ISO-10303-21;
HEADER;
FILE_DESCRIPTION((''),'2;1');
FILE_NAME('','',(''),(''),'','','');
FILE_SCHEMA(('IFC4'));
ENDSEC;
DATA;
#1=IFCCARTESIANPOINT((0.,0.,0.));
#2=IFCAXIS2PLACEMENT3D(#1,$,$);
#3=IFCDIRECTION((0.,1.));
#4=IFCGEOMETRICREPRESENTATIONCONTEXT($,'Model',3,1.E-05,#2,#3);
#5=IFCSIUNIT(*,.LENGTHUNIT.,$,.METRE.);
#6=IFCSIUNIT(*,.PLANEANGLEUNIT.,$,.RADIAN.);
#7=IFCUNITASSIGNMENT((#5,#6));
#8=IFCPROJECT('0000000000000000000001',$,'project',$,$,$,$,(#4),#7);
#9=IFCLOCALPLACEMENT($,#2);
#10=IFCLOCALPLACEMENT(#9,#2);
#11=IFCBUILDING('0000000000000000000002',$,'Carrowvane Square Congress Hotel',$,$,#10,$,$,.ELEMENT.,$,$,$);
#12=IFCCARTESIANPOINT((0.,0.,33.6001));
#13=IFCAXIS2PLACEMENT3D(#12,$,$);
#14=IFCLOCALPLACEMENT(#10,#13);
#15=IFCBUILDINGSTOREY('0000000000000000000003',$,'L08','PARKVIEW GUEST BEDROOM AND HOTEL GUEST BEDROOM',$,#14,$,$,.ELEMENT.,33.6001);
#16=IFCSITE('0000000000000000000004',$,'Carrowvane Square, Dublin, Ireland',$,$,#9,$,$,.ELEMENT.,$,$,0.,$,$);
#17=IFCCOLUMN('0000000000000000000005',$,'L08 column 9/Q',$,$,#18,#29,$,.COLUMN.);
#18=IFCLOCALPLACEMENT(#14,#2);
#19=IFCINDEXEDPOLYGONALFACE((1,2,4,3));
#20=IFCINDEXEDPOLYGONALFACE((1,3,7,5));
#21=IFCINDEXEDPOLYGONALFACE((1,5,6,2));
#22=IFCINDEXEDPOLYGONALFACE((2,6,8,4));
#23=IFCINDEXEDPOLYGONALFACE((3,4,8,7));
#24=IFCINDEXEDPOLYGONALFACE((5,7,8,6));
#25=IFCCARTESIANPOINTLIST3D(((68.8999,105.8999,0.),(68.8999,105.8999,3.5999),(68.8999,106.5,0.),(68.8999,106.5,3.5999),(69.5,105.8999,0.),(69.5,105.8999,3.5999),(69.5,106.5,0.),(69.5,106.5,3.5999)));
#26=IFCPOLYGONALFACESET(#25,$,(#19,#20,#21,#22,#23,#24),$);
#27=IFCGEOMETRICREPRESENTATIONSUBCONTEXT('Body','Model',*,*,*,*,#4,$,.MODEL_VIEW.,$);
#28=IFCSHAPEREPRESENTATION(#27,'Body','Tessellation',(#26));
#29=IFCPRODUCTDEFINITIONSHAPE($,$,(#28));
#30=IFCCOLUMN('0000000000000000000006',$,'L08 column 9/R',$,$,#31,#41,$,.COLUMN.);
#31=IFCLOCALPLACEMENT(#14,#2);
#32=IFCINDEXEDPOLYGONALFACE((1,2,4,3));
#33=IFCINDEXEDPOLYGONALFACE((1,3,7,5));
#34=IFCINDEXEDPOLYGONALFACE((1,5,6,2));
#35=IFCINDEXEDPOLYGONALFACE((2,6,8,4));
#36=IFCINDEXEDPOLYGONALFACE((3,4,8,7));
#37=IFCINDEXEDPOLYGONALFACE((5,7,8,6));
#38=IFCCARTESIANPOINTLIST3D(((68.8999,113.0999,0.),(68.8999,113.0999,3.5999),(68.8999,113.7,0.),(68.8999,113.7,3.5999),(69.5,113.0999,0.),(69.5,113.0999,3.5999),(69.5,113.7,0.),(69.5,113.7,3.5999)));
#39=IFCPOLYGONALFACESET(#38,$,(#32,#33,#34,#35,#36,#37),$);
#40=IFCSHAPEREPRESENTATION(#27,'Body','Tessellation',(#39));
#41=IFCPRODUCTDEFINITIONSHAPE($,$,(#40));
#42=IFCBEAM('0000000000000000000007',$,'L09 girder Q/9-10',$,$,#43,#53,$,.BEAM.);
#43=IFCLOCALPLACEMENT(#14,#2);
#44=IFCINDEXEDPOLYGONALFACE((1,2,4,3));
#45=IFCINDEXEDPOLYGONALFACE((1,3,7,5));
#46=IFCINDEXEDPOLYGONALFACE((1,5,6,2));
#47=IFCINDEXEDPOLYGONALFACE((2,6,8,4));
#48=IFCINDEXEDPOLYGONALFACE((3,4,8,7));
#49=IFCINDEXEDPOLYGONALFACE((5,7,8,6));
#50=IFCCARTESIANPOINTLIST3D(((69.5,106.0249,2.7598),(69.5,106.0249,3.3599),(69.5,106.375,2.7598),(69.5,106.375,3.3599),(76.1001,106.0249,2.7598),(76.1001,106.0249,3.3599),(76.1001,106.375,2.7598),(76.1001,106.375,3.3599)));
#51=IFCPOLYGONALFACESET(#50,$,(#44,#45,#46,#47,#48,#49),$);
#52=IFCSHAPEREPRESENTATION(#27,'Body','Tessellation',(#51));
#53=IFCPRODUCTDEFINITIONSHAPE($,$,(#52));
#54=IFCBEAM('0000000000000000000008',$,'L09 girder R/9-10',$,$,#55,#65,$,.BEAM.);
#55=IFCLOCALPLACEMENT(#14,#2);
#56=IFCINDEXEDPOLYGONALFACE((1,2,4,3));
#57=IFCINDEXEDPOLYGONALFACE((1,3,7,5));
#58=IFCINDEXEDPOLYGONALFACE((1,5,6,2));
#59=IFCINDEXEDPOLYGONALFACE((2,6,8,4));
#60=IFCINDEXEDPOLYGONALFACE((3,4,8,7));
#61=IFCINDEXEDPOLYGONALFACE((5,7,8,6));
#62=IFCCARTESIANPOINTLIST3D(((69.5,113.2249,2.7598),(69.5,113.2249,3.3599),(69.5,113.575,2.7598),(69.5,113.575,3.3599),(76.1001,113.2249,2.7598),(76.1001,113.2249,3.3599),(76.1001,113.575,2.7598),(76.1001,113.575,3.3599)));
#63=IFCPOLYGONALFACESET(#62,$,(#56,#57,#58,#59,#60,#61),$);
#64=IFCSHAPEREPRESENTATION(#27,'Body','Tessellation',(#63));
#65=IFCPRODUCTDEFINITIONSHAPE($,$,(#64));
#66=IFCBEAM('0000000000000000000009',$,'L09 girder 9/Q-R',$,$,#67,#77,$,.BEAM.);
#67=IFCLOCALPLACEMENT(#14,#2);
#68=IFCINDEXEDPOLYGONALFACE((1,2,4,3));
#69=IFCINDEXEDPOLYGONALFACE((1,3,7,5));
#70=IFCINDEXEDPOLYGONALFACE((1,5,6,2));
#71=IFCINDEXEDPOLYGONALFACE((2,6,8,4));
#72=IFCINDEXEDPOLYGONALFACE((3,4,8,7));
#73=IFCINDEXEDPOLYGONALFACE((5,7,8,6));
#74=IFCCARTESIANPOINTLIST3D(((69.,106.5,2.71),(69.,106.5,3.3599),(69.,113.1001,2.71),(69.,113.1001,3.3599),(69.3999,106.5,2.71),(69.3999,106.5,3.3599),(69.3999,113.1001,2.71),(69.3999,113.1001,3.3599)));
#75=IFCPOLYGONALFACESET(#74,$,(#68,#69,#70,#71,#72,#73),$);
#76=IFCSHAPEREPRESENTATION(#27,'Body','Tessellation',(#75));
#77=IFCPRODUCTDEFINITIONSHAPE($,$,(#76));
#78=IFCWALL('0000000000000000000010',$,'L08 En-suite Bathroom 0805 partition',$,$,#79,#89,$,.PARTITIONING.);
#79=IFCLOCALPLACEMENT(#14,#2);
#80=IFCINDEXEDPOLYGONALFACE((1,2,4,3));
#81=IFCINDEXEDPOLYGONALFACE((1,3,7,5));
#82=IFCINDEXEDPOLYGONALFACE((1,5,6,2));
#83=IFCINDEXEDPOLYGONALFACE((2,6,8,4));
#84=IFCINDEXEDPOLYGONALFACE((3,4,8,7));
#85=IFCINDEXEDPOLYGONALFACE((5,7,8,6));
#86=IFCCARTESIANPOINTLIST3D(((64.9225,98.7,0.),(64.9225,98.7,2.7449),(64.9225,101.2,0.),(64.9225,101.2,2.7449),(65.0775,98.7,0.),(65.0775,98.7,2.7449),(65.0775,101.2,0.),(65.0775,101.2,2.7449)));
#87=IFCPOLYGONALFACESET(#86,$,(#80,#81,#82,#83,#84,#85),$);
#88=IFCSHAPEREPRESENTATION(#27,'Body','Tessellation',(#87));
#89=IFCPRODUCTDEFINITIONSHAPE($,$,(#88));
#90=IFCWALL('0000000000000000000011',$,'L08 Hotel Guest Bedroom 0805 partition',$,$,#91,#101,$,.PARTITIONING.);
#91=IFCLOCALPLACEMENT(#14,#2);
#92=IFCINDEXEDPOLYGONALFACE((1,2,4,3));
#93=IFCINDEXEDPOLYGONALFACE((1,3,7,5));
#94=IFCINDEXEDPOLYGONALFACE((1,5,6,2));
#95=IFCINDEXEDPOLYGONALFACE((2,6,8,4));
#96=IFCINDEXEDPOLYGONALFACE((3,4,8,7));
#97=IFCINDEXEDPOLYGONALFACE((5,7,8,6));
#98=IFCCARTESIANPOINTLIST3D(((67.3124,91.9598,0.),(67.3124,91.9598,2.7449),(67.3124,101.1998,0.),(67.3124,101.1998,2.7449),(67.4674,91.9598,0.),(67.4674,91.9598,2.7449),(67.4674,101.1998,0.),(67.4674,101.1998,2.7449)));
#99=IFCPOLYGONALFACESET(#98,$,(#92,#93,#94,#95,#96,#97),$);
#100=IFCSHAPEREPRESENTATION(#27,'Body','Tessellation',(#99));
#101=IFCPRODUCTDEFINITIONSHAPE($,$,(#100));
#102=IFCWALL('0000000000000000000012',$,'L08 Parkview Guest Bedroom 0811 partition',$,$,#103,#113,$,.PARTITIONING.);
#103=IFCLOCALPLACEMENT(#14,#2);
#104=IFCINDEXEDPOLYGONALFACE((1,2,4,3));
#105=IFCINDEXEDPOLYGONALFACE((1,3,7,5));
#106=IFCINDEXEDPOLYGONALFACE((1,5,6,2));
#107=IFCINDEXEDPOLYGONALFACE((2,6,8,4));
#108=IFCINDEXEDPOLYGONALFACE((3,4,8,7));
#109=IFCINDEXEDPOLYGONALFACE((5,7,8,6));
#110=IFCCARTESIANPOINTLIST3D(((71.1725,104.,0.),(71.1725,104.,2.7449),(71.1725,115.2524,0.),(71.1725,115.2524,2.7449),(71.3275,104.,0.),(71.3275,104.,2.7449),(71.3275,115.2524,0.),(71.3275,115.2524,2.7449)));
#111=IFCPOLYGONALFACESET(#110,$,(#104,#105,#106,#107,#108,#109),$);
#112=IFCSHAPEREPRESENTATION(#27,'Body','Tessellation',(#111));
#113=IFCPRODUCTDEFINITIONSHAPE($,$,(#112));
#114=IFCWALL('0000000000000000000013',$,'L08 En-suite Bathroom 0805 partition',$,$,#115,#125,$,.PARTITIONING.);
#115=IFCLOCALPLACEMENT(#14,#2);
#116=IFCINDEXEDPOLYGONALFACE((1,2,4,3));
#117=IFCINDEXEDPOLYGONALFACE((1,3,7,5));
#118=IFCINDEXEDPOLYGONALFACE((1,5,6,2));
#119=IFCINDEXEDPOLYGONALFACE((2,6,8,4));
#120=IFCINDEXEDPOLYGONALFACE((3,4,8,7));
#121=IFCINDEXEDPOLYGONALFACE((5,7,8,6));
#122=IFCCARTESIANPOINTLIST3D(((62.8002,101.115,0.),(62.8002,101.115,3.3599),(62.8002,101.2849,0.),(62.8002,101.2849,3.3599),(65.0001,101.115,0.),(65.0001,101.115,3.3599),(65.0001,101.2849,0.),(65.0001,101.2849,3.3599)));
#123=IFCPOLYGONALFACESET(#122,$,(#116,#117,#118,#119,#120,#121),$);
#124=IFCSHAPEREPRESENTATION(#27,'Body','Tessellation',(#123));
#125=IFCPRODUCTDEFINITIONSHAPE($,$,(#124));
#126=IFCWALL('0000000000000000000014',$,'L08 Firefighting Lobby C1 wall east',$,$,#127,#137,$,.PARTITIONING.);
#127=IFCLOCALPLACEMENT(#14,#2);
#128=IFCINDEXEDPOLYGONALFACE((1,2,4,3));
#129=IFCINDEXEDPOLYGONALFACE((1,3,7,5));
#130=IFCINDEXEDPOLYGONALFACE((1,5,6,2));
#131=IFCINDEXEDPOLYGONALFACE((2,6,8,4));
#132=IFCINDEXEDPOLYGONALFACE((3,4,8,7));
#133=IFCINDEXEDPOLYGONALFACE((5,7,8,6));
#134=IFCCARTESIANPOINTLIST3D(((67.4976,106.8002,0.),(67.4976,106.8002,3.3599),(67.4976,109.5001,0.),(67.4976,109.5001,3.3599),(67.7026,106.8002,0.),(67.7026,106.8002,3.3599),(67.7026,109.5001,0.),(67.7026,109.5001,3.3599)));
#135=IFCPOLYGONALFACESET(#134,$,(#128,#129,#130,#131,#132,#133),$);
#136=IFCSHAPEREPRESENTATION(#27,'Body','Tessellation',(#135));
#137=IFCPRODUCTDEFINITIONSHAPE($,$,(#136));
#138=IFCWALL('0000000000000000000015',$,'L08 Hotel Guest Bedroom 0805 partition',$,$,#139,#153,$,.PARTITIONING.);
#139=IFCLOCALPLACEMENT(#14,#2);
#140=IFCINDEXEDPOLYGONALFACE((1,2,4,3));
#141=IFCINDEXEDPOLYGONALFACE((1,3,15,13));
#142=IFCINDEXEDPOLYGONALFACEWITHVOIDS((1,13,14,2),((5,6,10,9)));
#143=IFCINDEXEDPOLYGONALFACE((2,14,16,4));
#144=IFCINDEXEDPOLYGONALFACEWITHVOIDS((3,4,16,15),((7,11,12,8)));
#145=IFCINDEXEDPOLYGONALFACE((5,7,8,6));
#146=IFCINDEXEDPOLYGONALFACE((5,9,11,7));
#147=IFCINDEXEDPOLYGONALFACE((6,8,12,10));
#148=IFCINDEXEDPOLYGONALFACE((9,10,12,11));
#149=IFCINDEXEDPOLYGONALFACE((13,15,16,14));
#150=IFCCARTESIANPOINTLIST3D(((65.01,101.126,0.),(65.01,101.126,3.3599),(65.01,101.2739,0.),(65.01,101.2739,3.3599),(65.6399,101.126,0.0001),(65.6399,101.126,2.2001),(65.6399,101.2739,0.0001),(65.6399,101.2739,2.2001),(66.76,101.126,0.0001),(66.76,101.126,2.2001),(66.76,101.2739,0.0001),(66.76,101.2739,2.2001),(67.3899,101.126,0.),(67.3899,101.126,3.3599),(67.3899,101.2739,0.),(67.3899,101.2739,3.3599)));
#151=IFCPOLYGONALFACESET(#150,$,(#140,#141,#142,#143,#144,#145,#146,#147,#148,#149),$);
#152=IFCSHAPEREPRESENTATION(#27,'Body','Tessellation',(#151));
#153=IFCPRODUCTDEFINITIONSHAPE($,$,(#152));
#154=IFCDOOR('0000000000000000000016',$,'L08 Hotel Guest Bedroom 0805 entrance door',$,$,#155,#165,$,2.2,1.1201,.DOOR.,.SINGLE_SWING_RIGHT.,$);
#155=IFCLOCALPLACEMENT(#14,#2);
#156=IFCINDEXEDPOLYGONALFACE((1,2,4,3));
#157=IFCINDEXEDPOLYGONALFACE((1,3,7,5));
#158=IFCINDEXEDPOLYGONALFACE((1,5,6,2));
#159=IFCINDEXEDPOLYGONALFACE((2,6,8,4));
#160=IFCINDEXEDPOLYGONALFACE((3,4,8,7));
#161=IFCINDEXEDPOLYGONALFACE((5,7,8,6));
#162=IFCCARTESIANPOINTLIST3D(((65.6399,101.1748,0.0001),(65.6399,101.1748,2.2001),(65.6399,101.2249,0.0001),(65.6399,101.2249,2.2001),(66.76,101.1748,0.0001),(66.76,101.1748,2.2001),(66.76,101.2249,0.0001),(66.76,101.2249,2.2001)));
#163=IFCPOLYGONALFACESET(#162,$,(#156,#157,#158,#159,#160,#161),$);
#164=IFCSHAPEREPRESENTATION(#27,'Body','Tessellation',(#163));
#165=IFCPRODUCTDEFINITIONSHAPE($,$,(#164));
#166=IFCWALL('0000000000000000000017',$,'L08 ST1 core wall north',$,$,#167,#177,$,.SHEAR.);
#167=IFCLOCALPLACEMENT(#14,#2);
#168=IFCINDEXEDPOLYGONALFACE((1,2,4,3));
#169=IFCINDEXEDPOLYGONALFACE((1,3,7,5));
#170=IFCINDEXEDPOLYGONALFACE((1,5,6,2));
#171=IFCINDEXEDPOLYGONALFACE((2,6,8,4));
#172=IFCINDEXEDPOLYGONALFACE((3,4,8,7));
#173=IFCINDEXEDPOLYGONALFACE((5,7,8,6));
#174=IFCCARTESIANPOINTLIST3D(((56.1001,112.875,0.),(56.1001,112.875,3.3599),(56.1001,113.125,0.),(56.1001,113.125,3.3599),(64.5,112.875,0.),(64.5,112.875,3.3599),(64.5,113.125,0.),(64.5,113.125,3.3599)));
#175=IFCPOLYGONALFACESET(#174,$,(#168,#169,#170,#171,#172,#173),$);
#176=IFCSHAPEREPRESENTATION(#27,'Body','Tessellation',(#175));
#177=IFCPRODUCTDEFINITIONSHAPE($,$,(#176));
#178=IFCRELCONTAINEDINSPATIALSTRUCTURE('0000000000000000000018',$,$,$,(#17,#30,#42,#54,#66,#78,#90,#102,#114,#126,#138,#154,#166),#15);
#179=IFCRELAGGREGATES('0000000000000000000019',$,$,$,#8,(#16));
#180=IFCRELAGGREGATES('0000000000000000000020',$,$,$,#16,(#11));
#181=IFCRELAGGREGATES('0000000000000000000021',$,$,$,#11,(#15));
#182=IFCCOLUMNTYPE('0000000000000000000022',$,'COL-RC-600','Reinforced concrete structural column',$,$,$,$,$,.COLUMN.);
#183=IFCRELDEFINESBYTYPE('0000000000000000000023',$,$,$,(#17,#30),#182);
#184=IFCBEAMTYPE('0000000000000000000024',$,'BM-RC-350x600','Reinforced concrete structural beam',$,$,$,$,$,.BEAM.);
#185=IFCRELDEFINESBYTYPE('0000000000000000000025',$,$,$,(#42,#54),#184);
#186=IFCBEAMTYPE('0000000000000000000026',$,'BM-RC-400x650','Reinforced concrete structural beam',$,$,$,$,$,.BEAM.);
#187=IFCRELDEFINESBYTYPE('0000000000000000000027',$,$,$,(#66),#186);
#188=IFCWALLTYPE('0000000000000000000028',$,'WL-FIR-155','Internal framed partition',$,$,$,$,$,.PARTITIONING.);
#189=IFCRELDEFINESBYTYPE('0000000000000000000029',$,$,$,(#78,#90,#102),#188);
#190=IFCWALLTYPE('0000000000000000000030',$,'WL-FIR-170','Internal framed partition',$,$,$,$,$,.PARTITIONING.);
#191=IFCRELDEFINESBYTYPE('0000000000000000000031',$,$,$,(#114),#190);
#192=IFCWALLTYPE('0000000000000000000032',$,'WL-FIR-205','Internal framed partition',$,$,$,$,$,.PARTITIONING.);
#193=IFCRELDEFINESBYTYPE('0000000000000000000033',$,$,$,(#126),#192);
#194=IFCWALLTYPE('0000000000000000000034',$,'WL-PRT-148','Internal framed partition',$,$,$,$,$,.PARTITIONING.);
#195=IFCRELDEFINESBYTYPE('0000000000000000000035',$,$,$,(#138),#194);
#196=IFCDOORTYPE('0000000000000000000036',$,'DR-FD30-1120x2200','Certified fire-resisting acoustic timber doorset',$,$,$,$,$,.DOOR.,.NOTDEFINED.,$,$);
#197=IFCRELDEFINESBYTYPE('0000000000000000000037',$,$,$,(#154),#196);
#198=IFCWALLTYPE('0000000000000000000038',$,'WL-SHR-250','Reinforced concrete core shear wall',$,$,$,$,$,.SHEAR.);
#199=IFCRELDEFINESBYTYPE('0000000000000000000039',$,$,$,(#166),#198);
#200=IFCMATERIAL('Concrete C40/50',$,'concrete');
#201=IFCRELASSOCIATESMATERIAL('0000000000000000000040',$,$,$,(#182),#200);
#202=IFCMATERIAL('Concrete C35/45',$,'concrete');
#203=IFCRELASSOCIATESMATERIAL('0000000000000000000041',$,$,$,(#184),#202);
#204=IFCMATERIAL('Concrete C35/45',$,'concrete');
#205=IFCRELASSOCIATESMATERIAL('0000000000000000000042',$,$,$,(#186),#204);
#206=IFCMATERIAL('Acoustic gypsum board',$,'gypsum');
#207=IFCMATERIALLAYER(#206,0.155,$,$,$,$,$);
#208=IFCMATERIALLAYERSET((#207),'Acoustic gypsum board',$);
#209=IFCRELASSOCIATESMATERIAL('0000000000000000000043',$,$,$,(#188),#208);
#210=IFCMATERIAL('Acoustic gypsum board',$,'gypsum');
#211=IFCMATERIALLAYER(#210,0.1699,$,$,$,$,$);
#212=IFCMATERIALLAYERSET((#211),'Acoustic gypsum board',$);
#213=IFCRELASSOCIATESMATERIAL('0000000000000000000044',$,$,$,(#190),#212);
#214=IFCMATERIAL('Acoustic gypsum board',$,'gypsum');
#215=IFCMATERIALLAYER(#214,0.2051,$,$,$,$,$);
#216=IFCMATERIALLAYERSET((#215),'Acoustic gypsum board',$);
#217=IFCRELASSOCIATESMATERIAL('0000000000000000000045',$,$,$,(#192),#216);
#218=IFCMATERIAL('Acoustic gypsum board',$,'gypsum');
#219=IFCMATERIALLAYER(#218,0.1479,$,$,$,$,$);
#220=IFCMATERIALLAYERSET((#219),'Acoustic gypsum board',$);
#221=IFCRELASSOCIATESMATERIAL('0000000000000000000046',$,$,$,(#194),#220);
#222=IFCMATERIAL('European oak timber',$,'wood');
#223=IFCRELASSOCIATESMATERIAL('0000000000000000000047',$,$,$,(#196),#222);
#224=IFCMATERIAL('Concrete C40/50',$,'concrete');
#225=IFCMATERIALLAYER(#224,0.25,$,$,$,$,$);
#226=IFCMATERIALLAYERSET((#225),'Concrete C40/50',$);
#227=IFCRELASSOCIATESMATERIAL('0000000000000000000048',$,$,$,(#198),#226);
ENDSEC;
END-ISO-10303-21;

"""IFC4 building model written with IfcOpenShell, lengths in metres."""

from ifc_helpers import new_model, si_unit, direction, frame, frame_2d, origin, origin_2d, place, context, subcontext, project, spatial, rectangle, extrude, material, layer, layer_set, material_profile, profile_set, type_object, element, fill, save


model = new_model("IFC4")

# Units and contexts
model_context = context("Model", 3, precision=1e-05, world=origin(), true_north=direction((0.0, 1.0)))
body_context = subcontext(model_context, "Body", "Model", "MODEL_VIEW")
ifc_project = project(units=[si_unit("LENGTHUNIT", "METRE"), si_unit("PLANEANGLEUNIT", "RADIAN")], contexts=[model_context])

# Site, building, storey
site_placement = place(None, origin())
site = spatial("IfcSite", under=ifc_project, at=site_placement, Name="Carrowvane Square, Dublin, Ireland", CompositionType="ELEMENT", RefElevation=0.0)
building_placement = place(site_placement, origin())
building = spatial("IfcBuilding", under=site, at=building_placement, Name="Carrowvane Square Congress Hotel", CompositionType="ELEMENT")
storey_placement = place(building_placement, frame((0.0, 0.0, 33.6001)))
storey = spatial("IfcBuildingStorey", under=building, at=storey_placement, Name="L08", Description="PARKVIEW GUEST BEDROOM AND HOTEL GUEST BEDROOM", CompositionType="ELEMENT", Elevation=33.6001)

# Columns
ifc_material_1 = material(Name="Concrete C40/50", Category="concrete")
ifc_material_profile_1 = material_profile(ifc_material_1, rectangle(XDim=0.6001, YDim=0.6001, at=origin_2d()), Name="RC 600x600")
ifc_profile_set_1 = profile_set([ifc_material_profile_1], Name="Concrete C40/50")
column_type = type_object("IfcColumnType", Name="COL-RC-600", Description="Reinforced concrete structural column", PredefinedType="COLUMN", material=ifc_profile_set_1)
for number, where, z_axis, x_axis, name in (
    (1, (69.2, 106.2, 0.0), (0.0, 0.0, 1.0), (1.0, 0.0, 0.0), "L08 column 9/Q"),
    (2, (69.2, 113.3999, 0.0), (0.0, 0.0, 1.0), (1.0, 0.0, 0.0), "L08 column 9/R"),
):
    element("IfcColumn", number, at=place(storey_placement, frame(where, z_axis=z_axis, x_axis=x_axis)), inside=storey, type_object=column_type, Name=name, PredefinedType="COLUMN", context=body_context, shape_type="SweptSolid", body=[
        extrude(rectangle(XDim=0.6001, YDim=0.6001, at=origin_2d()), origin(), (0.0, 0.0, 1.0), 3.5999),
    ])

# Beams
ifc_material_2 = material(Name="Concrete C35/45", Category="concrete")
ifc_material_profile_2 = material_profile(ifc_material_2, rectangle(XDim=0.3501, YDim=0.6001, at=origin_2d()), Name="RC 350x600")
ifc_profile_set_2 = profile_set([ifc_material_profile_2], Name="Concrete C35/45")
beam_type_1 = type_object("IfcBeamType", Name="BM-RC-350x600", Description="Reinforced concrete structural beam", PredefinedType="BEAM", material=ifc_profile_set_2)
for number, where, z_axis, x_axis, name in (
    (3, (69.5, 106.2, 3.0598), (1.0, 0.0, 0.0), (0.0, 1.0, 0.0), "L09 girder Q/9-10"),
    (4, (69.5, 113.3999, 3.0598), (1.0, 0.0, 0.0), (0.0, 1.0, 0.0), "L09 girder R/9-10"),
):
    element("IfcBeam", number, at=place(storey_placement, frame(where, z_axis=z_axis, x_axis=x_axis)), inside=storey, type_object=beam_type_1, Name=name, PredefinedType="BEAM", context=body_context, shape_type="SweptSolid", body=[
        extrude(rectangle(XDim=0.3501, YDim=0.6001, at=origin_2d()), origin(), (0.0, 0.0, 1.0), 6.6001),
    ])
ifc_material_3 = material(Name="Concrete C35/45", Category="concrete")
ifc_material_profile_3 = material_profile(ifc_material_3, rectangle(XDim=0.3999, YDim=0.6499, at=origin_2d()), Name="RC 400x650")
ifc_profile_set_3 = profile_set([ifc_material_profile_3], Name="Concrete C35/45")
beam_type_2 = type_object("IfcBeamType", Name="BM-RC-400x650", Description="Reinforced concrete structural beam", PredefinedType="BEAM", material=ifc_profile_set_3)
beam_placement = place(storey_placement, frame((69.2, 106.5, 3.0349), z_axis=(0.0, 1.0, 0.0), x_axis=(-1.0, 0.0, 0.0)))
element("IfcBeam", 5, at=beam_placement, inside=storey, type_object=beam_type_2, Name="L09 girder 9/Q-R", PredefinedType="BEAM", context=body_context, shape_type="SweptSolid", body=[
    extrude(rectangle(XDim=0.3999, YDim=0.6499, at=origin_2d()), origin(), (0.0, 0.0, 1.0), 6.6001),
])

# Walls
ifc_material_4 = material(Name="Acoustic gypsum board", Category="gypsum")
ifc_layer_1 = layer(ifc_material_4, 0.155)
ifc_layer_set_1 = layer_set([ifc_layer_1], Name="Acoustic gypsum board")
wall_type_1 = type_object("IfcWallType", Name="WL-FIR-155", Description="Internal framed partition", PredefinedType="PARTITIONING", material=ifc_layer_set_1)
wall_1_placement = place(storey_placement, frame((65.0, 101.2, 0.0), z_axis=(0.0, 0.0, 1.0), x_axis=(0.0, -1.0, 0.0)))
element("IfcWall", 6, at=wall_1_placement, inside=storey, type_object=wall_type_1, Name="L08 En-suite Bathroom 0805 partition", PredefinedType="PARTITIONING", context=body_context, shape_type="SweptSolid", body=[
    extrude(rectangle(XDim=2.5, YDim=0.155, at=frame_2d((1.25, 0.0))), origin(), (0.0, 0.0, 1.0), 2.7449),
])
wall_2_placement = place(storey_placement, frame((67.3899, 101.2, 0.0), z_axis=(0.0, 0.0, 1.0), x_axis=(0.0, -1.0, 0.0)))
element("IfcWall", 7, at=wall_2_placement, inside=storey, type_object=wall_type_1, Name="L08 Hotel Guest Bedroom 0805 partition", PredefinedType="PARTITIONING", context=body_context, shape_type="SweptSolid", body=[
    extrude(rectangle(XDim=9.24, YDim=0.155, at=frame_2d((4.6201, 0.0))), origin(), (0.0, 0.0, 1.0), 2.7449),
])
wall_3_placement = place(storey_placement, frame((71.25, 104.0, 0.0), z_axis=(0.0, 0.0, 1.0), x_axis=(0.0, 1.0, 0.0)))
element("IfcWall", 8, at=wall_3_placement, inside=storey, type_object=wall_type_1, Name="L08 Parkview Guest Bedroom 0811 partition", PredefinedType="PARTITIONING", context=body_context, shape_type="SweptSolid", body=[
    extrude(rectangle(XDim=11.2524, YDim=0.155, at=frame_2d((5.6262, 0.0))), origin(), (0.0, 0.0, 1.0), 2.7449),
])
ifc_material_5 = material(Name="Acoustic gypsum board", Category="gypsum")
ifc_layer_2 = layer(ifc_material_5, 0.1699)
ifc_layer_set_2 = layer_set([ifc_layer_2], Name="Acoustic gypsum board")
wall_type_2 = type_object("IfcWallType", Name="WL-FIR-170", Description="Internal framed partition", PredefinedType="PARTITIONING", material=ifc_layer_set_2)
wall_4_placement = place(storey_placement, frame((62.8, 101.2, 0.0), z_axis=(0.0, 0.0, 1.0), x_axis=(1.0, 0.0, 0.0)))
element("IfcWall", 9, at=wall_4_placement, inside=storey, type_object=wall_type_2, Name="L08 En-suite Bathroom 0805 partition", PredefinedType="PARTITIONING", context=body_context, shape_type="SweptSolid", body=[
    extrude(rectangle(XDim=2.2, YDim=0.1699, at=frame_2d((1.1001, 0.0))), origin(), (0.0, 0.0, 1.0), 3.3599),
])
ifc_material_6 = material(Name="Acoustic gypsum board", Category="gypsum")
ifc_layer_3 = layer(ifc_material_6, 0.2051)
ifc_layer_set_3 = layer_set([ifc_layer_3], Name="Acoustic gypsum board")
wall_type_3 = type_object("IfcWallType", Name="WL-FIR-205", Description="Internal framed partition", PredefinedType="PARTITIONING", material=ifc_layer_set_3)
wall_5_placement = place(storey_placement, frame((67.6001, 106.8, 0.0), z_axis=(0.0, 0.0, 1.0), x_axis=(0.0, 1.0, 0.0)))
element("IfcWall", 10, at=wall_5_placement, inside=storey, type_object=wall_type_3, Name="L08 Firefighting Lobby C1 wall east", PredefinedType="PARTITIONING", context=body_context, shape_type="SweptSolid", body=[
    extrude(rectangle(XDim=2.7, YDim=0.2051, at=frame_2d((1.3501, 0.0))), origin(), (0.0, 0.0, 1.0), 3.3599),
])

# Wall, opening, door
ifc_material_7 = material(Name="Acoustic gypsum board", Category="gypsum")
ifc_layer_4 = layer(ifc_material_7, 0.1479)
ifc_layer_set_4 = layer_set([ifc_layer_4], Name="Acoustic gypsum board")
wall_type_4 = type_object("IfcWallType", Name="WL-PRT-148", Description="Internal framed partition", PredefinedType="PARTITIONING", material=ifc_layer_set_4)
wall_6_placement = place(storey_placement, frame((65.01, 101.2, 0.0), z_axis=(0.0, 0.0, 1.0), x_axis=(1.0, 0.0, 0.0)))
wall_6 = element("IfcWall", 11, at=wall_6_placement, inside=storey, type_object=wall_type_4, Name="L08 Hotel Guest Bedroom 0805 partition", PredefinedType="PARTITIONING", context=body_context, shape_type="SweptSolid", body=[
    extrude(rectangle(XDim=2.3799, YDim=0.1479, at=frame_2d((1.1899, 0.0))), origin(), (0.0, 0.0, 1.0), 3.3599),
])
opening_1_placement = place(wall_6_placement, frame((0.6299, 0.0, 0.0)))
opening_1 = element("IfcOpeningElement", 12, at=opening_1_placement, cuts=wall_6, PredefinedType="OPENING", context=body_context, shape_type="SweptSolid", body=[
    extrude(rectangle(XDim=1.1201, YDim=2.2, at=frame_2d((0.5601, 1.1001))), frame((0.0, 0.084, 0.0), z_axis=(0.0, -1.0, 0.0), x_axis=(1.0, 0.0, 0.0)), (0.0, 0.0, 1.0), 0.168),
])
ifc_material_8 = material(Name="European oak timber", Category="wood")
door_type_1 = type_object("IfcDoorType", Name="DR-FD30-1120x2200", Description="Certified fire-resisting acoustic timber doorset", OperationType="NOTDEFINED", PredefinedType="DOOR", material=ifc_material_8)
door_1_placement = place(opening_1_placement, origin())
door_1 = element("IfcDoor", 13, at=door_1_placement, inside=storey, type_object=door_type_1, Name="L08 Hotel Guest Bedroom 0805 entrance door", OperationType="SINGLE_SWING_RIGHT", OverallHeight=2.2, OverallWidth=1.1201, PredefinedType="DOOR", context=body_context, shape_type="SweptSolid", body=[
    extrude(rectangle(XDim=1.1201, YDim=2.2, at=frame_2d((0.5601, 1.1001))), frame((0.0, 0.0249, 0.0), z_axis=(0.0, -1.0, 0.0), x_axis=(1.0, 0.0, 0.0)), (0.0, 0.0, 1.0), 0.05),
])
fill(opening_1, door_1)

# Wall
ifc_material_9 = material(Name="Concrete C40/50", Category="concrete")
ifc_layer_5 = layer(ifc_material_9, 0.25)
ifc_layer_set_5 = layer_set([ifc_layer_5], Name="Concrete C40/50")
wall_type_5 = type_object("IfcWallType", Name="WL-SHR-250", Description="Reinforced concrete core shear wall", PredefinedType="SHEAR", material=ifc_layer_set_5)
wall_7_placement = place(storey_placement, frame((64.5, 113.0, 0.0), z_axis=(0.0, 0.0, 1.0), x_axis=(-1.0, 0.0, 0.0)))
element("IfcWall", 14, at=wall_7_placement, inside=storey, type_object=wall_type_5, Name="L08 ST1 core wall north", PredefinedType="SHEAR", context=body_context, shape_type="SweptSolid", body=[
    extrude(rectangle(XDim=8.3999, YDim=0.25, at=frame_2d((4.2, 0.0))), origin(), (0.0, 0.0, 1.0), 3.3599),
])

save(model, "model.ifc")
